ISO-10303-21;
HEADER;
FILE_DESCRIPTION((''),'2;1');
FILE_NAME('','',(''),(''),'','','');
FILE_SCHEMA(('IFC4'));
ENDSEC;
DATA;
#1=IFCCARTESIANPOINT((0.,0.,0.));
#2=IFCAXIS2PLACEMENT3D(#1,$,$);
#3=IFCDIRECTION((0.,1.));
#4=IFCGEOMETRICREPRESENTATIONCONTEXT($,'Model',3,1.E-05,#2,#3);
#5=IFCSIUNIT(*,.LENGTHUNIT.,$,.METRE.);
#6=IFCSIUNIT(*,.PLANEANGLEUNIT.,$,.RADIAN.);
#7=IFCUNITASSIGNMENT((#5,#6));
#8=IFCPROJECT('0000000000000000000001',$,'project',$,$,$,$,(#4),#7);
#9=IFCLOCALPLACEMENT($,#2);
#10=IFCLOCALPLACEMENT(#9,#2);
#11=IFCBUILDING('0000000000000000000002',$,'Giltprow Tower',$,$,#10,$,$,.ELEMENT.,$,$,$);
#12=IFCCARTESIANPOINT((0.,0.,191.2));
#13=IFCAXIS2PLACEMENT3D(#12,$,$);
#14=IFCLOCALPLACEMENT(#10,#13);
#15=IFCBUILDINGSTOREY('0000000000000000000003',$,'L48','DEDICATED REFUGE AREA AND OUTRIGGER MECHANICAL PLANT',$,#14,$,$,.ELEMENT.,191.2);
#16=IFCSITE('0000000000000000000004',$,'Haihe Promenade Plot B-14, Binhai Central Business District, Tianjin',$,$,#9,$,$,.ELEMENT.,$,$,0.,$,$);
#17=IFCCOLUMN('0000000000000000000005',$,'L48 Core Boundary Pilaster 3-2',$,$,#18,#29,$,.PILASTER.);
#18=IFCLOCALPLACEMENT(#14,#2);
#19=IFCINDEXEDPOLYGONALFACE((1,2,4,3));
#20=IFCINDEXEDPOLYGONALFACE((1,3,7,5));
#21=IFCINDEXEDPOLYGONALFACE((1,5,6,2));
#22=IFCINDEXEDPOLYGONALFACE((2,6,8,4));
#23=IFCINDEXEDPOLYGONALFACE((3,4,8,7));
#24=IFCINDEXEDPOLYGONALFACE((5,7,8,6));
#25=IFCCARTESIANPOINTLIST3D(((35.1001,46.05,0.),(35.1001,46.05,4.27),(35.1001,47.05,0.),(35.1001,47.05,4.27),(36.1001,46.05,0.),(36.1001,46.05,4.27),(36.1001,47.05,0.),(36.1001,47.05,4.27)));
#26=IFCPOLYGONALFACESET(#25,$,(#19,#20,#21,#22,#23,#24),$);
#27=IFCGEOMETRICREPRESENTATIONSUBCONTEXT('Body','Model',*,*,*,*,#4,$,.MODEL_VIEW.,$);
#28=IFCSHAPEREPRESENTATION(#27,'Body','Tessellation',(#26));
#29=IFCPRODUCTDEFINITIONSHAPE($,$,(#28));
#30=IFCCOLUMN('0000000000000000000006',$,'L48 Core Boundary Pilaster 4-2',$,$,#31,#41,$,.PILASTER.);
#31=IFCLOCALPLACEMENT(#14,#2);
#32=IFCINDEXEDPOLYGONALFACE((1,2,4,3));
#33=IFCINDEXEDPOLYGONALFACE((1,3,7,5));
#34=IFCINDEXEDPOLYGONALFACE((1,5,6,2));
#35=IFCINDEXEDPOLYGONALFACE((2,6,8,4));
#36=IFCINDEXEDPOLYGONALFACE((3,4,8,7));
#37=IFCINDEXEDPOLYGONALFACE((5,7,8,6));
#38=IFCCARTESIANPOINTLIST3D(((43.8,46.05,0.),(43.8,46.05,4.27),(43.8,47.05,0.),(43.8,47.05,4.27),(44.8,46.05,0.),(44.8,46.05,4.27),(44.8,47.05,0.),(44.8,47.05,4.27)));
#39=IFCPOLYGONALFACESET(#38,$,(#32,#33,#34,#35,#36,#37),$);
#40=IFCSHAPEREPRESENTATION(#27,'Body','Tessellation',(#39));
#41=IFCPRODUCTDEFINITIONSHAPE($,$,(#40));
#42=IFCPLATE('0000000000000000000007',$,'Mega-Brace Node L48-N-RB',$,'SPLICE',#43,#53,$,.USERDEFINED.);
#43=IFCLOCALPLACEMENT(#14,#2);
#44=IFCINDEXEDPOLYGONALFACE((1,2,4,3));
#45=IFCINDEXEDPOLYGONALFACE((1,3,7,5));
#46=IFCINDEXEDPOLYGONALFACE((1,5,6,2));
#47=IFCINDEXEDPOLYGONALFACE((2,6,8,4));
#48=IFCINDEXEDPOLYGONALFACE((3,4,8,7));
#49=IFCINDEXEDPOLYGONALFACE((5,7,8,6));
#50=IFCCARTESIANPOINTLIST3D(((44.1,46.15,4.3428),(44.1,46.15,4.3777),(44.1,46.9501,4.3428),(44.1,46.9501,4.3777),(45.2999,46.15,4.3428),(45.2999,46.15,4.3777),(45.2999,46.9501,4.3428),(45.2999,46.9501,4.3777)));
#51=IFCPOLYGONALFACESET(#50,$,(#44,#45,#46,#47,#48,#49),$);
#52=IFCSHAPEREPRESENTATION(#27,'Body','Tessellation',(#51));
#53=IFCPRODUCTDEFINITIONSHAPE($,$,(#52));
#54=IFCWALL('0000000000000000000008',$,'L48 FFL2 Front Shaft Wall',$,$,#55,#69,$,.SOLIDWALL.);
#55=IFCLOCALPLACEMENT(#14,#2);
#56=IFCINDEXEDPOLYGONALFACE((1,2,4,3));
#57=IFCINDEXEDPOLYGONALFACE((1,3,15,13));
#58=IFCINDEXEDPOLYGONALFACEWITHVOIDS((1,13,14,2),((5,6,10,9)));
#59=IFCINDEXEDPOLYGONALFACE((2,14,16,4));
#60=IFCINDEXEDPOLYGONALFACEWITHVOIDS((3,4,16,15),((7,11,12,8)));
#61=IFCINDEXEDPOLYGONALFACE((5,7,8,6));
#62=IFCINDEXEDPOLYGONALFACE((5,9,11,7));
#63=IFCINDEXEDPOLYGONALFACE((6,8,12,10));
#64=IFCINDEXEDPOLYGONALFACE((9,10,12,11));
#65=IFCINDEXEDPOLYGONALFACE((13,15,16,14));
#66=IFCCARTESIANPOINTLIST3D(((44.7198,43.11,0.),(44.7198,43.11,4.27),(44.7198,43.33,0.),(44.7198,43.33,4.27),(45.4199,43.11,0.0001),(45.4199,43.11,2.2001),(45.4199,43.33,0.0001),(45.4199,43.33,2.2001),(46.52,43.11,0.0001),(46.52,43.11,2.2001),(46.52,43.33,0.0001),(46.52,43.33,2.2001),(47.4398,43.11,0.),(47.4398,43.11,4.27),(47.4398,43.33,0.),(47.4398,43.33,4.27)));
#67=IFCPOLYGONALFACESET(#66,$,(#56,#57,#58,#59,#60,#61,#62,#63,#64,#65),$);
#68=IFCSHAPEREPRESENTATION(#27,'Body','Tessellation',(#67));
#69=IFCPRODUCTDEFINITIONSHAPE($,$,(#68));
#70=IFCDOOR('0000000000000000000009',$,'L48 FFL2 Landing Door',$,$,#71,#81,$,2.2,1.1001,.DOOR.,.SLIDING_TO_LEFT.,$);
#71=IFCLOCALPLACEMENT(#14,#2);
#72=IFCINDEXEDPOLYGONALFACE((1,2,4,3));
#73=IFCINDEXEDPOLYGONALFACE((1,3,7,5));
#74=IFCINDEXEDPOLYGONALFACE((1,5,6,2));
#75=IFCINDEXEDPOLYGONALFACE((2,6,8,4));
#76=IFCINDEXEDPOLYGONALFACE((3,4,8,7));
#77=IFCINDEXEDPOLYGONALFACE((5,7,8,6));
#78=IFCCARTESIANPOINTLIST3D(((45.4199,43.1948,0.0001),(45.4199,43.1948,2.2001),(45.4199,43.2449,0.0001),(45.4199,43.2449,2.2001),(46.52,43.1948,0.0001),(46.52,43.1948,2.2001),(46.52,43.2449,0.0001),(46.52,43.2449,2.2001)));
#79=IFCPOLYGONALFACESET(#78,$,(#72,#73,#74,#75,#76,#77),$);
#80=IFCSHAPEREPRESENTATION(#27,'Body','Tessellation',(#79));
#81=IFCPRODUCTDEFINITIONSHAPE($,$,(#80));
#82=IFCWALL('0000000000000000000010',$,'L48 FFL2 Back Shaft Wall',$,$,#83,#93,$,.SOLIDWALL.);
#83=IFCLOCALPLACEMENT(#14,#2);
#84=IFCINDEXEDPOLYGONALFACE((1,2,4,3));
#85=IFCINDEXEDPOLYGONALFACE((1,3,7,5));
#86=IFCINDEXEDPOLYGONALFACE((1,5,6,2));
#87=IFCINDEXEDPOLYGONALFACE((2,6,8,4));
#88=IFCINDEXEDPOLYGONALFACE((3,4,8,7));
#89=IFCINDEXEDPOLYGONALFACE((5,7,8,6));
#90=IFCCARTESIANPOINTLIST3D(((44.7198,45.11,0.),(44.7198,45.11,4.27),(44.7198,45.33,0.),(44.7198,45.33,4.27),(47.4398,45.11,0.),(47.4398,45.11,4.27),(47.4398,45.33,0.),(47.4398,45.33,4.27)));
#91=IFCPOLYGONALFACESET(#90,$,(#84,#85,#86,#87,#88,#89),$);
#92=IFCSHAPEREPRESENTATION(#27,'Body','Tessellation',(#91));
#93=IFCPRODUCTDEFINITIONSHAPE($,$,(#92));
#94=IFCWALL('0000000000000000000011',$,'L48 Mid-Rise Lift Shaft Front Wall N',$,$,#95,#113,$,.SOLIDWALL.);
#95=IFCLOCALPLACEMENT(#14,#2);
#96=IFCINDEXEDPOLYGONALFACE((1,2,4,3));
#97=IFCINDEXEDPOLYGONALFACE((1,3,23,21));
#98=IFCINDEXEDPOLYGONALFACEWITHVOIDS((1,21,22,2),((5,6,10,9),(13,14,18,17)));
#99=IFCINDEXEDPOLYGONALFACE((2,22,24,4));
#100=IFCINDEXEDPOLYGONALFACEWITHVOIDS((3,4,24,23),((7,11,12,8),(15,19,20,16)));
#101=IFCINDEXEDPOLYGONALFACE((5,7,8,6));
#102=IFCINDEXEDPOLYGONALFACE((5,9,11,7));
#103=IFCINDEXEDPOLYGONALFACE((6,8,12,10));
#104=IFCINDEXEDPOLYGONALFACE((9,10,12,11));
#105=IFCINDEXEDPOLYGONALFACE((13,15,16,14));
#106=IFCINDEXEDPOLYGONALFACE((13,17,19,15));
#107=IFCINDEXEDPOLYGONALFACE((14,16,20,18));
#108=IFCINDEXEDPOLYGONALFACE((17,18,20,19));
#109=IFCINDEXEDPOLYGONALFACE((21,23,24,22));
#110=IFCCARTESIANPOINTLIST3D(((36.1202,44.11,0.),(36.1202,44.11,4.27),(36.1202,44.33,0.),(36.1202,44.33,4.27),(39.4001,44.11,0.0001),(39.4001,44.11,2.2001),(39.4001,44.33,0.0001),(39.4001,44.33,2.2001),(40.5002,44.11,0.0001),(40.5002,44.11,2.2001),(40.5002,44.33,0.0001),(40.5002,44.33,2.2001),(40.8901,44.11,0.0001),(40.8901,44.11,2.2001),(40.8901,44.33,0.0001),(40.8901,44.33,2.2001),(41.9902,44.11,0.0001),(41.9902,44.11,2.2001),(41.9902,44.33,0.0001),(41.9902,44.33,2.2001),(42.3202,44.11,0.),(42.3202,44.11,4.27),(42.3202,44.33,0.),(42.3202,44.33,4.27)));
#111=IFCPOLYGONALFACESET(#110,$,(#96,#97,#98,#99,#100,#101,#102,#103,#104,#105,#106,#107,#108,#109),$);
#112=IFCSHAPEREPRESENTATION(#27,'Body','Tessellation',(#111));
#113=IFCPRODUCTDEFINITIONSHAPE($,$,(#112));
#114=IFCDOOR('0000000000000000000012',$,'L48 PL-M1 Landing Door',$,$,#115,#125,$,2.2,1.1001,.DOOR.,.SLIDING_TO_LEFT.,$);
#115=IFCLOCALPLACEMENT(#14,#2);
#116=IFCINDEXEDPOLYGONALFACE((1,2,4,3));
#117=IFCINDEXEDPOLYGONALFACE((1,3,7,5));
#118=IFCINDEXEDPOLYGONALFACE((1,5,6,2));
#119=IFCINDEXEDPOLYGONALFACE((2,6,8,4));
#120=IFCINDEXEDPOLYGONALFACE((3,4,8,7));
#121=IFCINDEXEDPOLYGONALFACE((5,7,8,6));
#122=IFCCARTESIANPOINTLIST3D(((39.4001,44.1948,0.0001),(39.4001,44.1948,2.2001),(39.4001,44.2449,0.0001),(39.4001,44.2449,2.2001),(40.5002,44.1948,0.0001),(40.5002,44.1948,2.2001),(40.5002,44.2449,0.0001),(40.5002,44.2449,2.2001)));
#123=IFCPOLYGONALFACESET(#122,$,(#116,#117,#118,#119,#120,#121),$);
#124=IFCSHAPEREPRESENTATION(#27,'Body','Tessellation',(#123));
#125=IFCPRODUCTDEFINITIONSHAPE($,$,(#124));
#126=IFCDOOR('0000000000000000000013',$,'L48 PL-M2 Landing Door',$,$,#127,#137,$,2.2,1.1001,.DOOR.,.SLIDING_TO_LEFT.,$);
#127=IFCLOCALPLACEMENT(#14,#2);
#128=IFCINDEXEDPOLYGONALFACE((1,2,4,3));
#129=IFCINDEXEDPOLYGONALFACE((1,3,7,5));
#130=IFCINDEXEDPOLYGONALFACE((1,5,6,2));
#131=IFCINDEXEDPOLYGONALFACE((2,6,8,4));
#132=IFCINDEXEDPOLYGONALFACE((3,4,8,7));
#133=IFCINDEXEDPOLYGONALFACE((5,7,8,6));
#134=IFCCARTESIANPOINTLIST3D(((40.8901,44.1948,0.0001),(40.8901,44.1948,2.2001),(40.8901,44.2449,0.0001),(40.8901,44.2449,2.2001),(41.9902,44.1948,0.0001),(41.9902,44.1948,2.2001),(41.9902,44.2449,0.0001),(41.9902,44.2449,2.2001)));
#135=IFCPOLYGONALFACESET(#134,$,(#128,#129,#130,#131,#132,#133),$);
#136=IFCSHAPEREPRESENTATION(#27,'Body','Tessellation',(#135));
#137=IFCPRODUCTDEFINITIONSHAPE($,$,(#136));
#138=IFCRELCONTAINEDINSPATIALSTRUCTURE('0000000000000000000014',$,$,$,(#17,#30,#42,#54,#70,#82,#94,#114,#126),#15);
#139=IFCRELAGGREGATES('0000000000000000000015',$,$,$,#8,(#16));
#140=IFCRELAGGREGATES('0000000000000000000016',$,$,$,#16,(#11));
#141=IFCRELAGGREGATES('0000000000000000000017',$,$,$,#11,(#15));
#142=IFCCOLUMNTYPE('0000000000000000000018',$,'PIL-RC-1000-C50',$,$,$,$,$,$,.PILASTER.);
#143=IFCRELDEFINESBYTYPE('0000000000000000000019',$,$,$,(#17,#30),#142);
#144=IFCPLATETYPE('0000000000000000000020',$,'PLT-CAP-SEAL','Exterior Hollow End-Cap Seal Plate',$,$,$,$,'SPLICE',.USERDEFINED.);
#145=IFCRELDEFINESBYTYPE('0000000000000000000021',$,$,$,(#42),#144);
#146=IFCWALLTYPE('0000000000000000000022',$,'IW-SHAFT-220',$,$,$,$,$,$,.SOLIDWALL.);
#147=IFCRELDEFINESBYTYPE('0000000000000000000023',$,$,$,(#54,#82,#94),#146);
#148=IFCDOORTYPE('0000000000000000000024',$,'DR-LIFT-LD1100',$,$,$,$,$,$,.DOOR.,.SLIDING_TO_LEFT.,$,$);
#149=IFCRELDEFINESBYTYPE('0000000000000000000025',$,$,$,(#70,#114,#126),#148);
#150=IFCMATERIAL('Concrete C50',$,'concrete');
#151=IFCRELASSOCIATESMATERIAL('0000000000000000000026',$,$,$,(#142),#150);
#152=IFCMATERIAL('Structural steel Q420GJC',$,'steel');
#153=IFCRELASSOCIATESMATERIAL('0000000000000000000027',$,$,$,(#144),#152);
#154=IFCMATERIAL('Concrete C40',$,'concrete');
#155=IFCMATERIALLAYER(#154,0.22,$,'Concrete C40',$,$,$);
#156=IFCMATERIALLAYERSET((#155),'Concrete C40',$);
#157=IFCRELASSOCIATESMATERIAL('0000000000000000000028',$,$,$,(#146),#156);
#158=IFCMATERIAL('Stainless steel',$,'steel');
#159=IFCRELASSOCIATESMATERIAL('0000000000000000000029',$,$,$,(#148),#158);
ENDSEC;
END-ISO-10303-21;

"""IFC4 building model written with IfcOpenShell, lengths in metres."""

from ifc_helpers import new_model, si_unit, direction, frame, frame_2d, origin, origin_2d, place, context, subcontext, project, spatial, rectangle, extrude, source, transform, mapped, material, layer, layer_set, material_profile, profile_set, type_object, element, fill, save


model = new_model("IFC4")

# Units and contexts
model_context = context("Model", 3, precision=1e-05, world=origin(), true_north=direction((0.0, 1.0)))
body_context = subcontext(model_context, "Body", "Model", "MODEL_VIEW")
ifc_project = project(units=[si_unit("LENGTHUNIT", "METRE"), si_unit("PLANEANGLEUNIT", "RADIAN")], contexts=[model_context])

# Site, building, storey
site_placement = place(None, origin())
site = spatial("IfcSite", under=ifc_project, at=site_placement, Name="Haihe Promenade Plot B-14, Binhai Central Business District, Tianjin", CompositionType="ELEMENT", RefElevation=0.0)
building_placement = place(site_placement, origin())
building = spatial("IfcBuilding", under=site, at=building_placement, Name="Giltprow Tower", CompositionType="ELEMENT")
storey_placement = place(building_placement, frame((0.0, 0.0, 191.2)))
storey = spatial("IfcBuildingStorey", under=building, at=storey_placement, Name="L48", Description="DEDICATED REFUGE AREA AND OUTRIGGER MECHANICAL PLANT", CompositionType="ELEMENT", Elevation=191.2)

# Columns
ifc_material_1 = material(Name="Concrete C50", Category="concrete")
ifc_material_profile = material_profile(ifc_material_1, rectangle(XDim=1.0, YDim=1.0, at=origin_2d()), Name="RC 1000x1000")
ifc_profile_set = profile_set([ifc_material_profile], Name="Concrete C50")
column_type = type_object("IfcColumnType", Name="PIL-RC-1000-C50", PredefinedType="PILASTER", material=ifc_profile_set)
shared_shape_1 = source(origin(), body_context, "Body", "SweptSolid", [
    extrude(rectangle(XDim=1.0, YDim=1.0, at=origin_2d()), origin(), (0.0, 0.0, 1.0), 4.27),
])
for number, where, z_axis, x_axis, name in (
    (1, (35.6001, 46.55, 0.0), (0.0, 0.0, 1.0), (1.0, 0.0, 0.0), "L48 Core Boundary Pilaster 3-2"),
    (2, (44.3, 46.55, 0.0), (0.0, 0.0, 1.0), (1.0, 0.0, 0.0), "L48 Core Boundary Pilaster 4-2"),
):
    element("IfcColumn", number, at=place(storey_placement, frame(where, z_axis=z_axis, x_axis=x_axis)), inside=storey, type_object=column_type, Name=name, PredefinedType="PILASTER", context=body_context, shape_type="MappedRepresentation", body=[
        mapped(shared_shape_1, transform((0.0, 0.0, 0.0), x_axis=(1.0, 0.0, 0.0), y_axis=(0.0, 1.0, 0.0), z_axis=(0.0, 0.0, 1.0), scale=1.0)),
    ])

# Plate
ifc_material_2 = material(Name="Structural steel Q420GJC", Category="steel")
plate_type = type_object("IfcPlateType", Name="PLT-CAP-SEAL", Description="Exterior Hollow End-Cap Seal Plate", ElementType="SPLICE", PredefinedType="USERDEFINED", material=ifc_material_2)
shared_shape_2 = source(origin(), body_context, "Body", "SweptSolid", [
    extrude(rectangle(XDim=1.2, YDim=0.8, at=origin_2d()), origin(), (0.0, 0.0, 1.0), 0.0349),
])
plate_placement = place(storey_placement, frame((44.7, 46.55, 4.3428), z_axis=(0.0, 0.0, 1.0), x_axis=(1.0, 0.0, 0.0)))
element("IfcPlate", 3, at=plate_placement, inside=storey, type_object=plate_type, Name="Mega-Brace Node L48-N-RB", ObjectType="SPLICE", PredefinedType="USERDEFINED", context=body_context, shape_type="MappedRepresentation", body=[
    mapped(shared_shape_2, transform((0.0, 0.0, 0.0), x_axis=(1.0, 0.0, 0.0), y_axis=(0.0, 1.0, 0.0), z_axis=(0.0, 0.0, 1.0), scale=1.0)),
])

# Wall, opening, door
ifc_material_3 = material(Name="Concrete C40", Category="concrete")
ifc_layer_1 = layer(ifc_material_3, 0.22, Name="Concrete C40")
ifc_layer_set_1 = layer_set([ifc_layer_1], Name="Concrete C40")
wall_type_1 = type_object("IfcWallType", Name="IW-SHAFT-220", PredefinedType="SOLIDWALL", material=ifc_layer_set_1)
wall_1_placement = place(storey_placement, frame((44.72, 43.22, 0.0), z_axis=(0.0, 0.0, 1.0), x_axis=(1.0, 0.0, 0.0)))
wall_1 = element("IfcWall", 4, at=wall_1_placement, inside=storey, type_object=wall_type_1, Name="L48 FFL2 Front Shaft Wall", PredefinedType="SOLIDWALL", context=body_context, shape_type="SweptSolid", body=[
    extrude(rectangle(XDim=2.72, YDim=0.22, at=frame_2d((1.3599, 0.0))), origin(), (0.0, 0.0, 1.0), 4.27),
])
opening_1_placement = place(wall_1_placement, frame((0.7, 0.0, 0.0)))
opening_1 = element("IfcOpeningElement", 5, at=opening_1_placement, cuts=wall_1, PredefinedType="OPENING", context=body_context, shape_type="SweptSolid", body=[
    extrude(rectangle(XDim=1.1001, YDim=2.2, at=frame_2d((0.55, 1.1001))), frame((0.0, 0.1199, 0.0), z_axis=(0.0, -1.0, 0.0), x_axis=(1.0, 0.0, 0.0)), (0.0, 0.0, 1.0), 0.24),
])
ifc_material_4 = material(Name="Stainless steel", Category="steel")
door_type = type_object("IfcDoorType", Name="DR-LIFT-LD1100", OperationType="SLIDING_TO_LEFT", PredefinedType="DOOR", material=ifc_material_4)
shared_shape_3 = source(origin(), body_context, "Body", "SweptSolid", [
    extrude(rectangle(XDim=1.1001, YDim=2.2, at=frame_2d((0.55, 1.1001))), frame((0.0, 0.0249, 0.0), z_axis=(0.0, -1.0, 0.0), x_axis=(1.0, 0.0, 0.0)), (0.0, 0.0, 1.0), 0.05),
])
door_1_placement = place(opening_1_placement, origin())
door_1 = element("IfcDoor", 6, at=door_1_placement, inside=storey, type_object=door_type, Name="L48 FFL2 Landing Door", OperationType="SLIDING_TO_LEFT", OverallHeight=2.2, OverallWidth=1.1001, PredefinedType="DOOR", context=body_context, shape_type="MappedRepresentation", body=[
    mapped(shared_shape_3, transform((0.0, 0.0, 0.0), x_axis=(1.0, 0.0, 0.0), y_axis=(0.0, 1.0, 0.0), z_axis=(0.0, 0.0, 1.0), scale=1.0)),
])
fill(opening_1, door_1)

# Wall
wall_2_placement = place(storey_placement, frame((44.72, 45.22, 0.0), z_axis=(0.0, 0.0, 1.0), x_axis=(1.0, 0.0, 0.0)))
element("IfcWall", 7, at=wall_2_placement, inside=storey, type_object=wall_type_1, Name="L48 FFL2 Back Shaft Wall", PredefinedType="SOLIDWALL", context=body_context, shape_type="SweptSolid", body=[
    extrude(rectangle(XDim=2.72, YDim=0.22, at=frame_2d((1.3599, 0.0))), origin(), (0.0, 0.0, 1.0), 4.27),
])

# Wall, openings, doors
wall_3_placement = place(storey_placement, frame((36.1201, 44.22, 0.0), z_axis=(0.0, 0.0, 1.0), x_axis=(1.0, 0.0, 0.0)))
wall_3 = element("IfcWall", 8, at=wall_3_placement, inside=storey, type_object=wall_type_1, Name="L48 Mid-Rise Lift Shaft Front Wall N", PredefinedType="SOLIDWALL", context=body_context, shape_type="SweptSolid", body=[
    extrude(rectangle(XDim=6.2, YDim=0.22, at=frame_2d((3.1001, 0.0))), origin(), (0.0, 0.0, 1.0), 4.27),
])
opening_2_placement = place(wall_3_placement, frame((3.28, 0.0, 0.0)))
opening_2 = element("IfcOpeningElement", 9, at=opening_2_placement, cuts=wall_3, PredefinedType="OPENING", context=body_context, shape_type="SweptSolid", body=[
    extrude(rectangle(XDim=1.1001, YDim=2.2, at=frame_2d((0.55, 1.1001))), frame((0.0, 0.1199, 0.0), z_axis=(0.0, -1.0, 0.0), x_axis=(1.0, 0.0, 0.0)), (0.0, 0.0, 1.0), 0.24),
])
opening_3_placement = place(wall_3_placement, frame((4.77, 0.0, 0.0)))
opening_3 = element("IfcOpeningElement", 10, at=opening_3_placement, cuts=wall_3, PredefinedType="OPENING", context=body_context, shape_type="SweptSolid", body=[
    extrude(rectangle(XDim=1.1001, YDim=2.2, at=frame_2d((0.55, 1.1001))), frame((0.0, 0.1199, 0.0), z_axis=(0.0, -1.0, 0.0), x_axis=(1.0, 0.0, 0.0)), (0.0, 0.0, 1.0), 0.24),
])
door_2_placement = place(opening_2_placement, origin())
door_2 = element("IfcDoor", 11, at=door_2_placement, inside=storey, type_object=door_type, Name="L48 PL-M1 Landing Door", OperationType="SLIDING_TO_LEFT", OverallHeight=2.2, OverallWidth=1.1001, PredefinedType="DOOR", context=body_context, shape_type="MappedRepresentation", body=[
    mapped(shared_shape_3, transform((0.0, 0.0, 0.0), x_axis=(1.0, 0.0, 0.0), y_axis=(0.0, 1.0, 0.0), z_axis=(0.0, 0.0, 1.0), scale=1.0)),
])
fill(opening_2, door_2)
door_3_placement = place(opening_3_placement, origin())
door_3 = element("IfcDoor", 12, at=door_3_placement, inside=storey, type_object=door_type, Name="L48 PL-M2 Landing Door", OperationType="SLIDING_TO_LEFT", OverallHeight=2.2, OverallWidth=1.1001, PredefinedType="DOOR", context=body_context, shape_type="MappedRepresentation", body=[
    mapped(shared_shape_3, transform((0.0, 0.0, 0.0), x_axis=(1.0, 0.0, 0.0), y_axis=(0.0, 1.0, 0.0), z_axis=(0.0, 0.0, 1.0), scale=1.0)),
])
fill(opening_3, door_3)

save(model, "model.ifc")
